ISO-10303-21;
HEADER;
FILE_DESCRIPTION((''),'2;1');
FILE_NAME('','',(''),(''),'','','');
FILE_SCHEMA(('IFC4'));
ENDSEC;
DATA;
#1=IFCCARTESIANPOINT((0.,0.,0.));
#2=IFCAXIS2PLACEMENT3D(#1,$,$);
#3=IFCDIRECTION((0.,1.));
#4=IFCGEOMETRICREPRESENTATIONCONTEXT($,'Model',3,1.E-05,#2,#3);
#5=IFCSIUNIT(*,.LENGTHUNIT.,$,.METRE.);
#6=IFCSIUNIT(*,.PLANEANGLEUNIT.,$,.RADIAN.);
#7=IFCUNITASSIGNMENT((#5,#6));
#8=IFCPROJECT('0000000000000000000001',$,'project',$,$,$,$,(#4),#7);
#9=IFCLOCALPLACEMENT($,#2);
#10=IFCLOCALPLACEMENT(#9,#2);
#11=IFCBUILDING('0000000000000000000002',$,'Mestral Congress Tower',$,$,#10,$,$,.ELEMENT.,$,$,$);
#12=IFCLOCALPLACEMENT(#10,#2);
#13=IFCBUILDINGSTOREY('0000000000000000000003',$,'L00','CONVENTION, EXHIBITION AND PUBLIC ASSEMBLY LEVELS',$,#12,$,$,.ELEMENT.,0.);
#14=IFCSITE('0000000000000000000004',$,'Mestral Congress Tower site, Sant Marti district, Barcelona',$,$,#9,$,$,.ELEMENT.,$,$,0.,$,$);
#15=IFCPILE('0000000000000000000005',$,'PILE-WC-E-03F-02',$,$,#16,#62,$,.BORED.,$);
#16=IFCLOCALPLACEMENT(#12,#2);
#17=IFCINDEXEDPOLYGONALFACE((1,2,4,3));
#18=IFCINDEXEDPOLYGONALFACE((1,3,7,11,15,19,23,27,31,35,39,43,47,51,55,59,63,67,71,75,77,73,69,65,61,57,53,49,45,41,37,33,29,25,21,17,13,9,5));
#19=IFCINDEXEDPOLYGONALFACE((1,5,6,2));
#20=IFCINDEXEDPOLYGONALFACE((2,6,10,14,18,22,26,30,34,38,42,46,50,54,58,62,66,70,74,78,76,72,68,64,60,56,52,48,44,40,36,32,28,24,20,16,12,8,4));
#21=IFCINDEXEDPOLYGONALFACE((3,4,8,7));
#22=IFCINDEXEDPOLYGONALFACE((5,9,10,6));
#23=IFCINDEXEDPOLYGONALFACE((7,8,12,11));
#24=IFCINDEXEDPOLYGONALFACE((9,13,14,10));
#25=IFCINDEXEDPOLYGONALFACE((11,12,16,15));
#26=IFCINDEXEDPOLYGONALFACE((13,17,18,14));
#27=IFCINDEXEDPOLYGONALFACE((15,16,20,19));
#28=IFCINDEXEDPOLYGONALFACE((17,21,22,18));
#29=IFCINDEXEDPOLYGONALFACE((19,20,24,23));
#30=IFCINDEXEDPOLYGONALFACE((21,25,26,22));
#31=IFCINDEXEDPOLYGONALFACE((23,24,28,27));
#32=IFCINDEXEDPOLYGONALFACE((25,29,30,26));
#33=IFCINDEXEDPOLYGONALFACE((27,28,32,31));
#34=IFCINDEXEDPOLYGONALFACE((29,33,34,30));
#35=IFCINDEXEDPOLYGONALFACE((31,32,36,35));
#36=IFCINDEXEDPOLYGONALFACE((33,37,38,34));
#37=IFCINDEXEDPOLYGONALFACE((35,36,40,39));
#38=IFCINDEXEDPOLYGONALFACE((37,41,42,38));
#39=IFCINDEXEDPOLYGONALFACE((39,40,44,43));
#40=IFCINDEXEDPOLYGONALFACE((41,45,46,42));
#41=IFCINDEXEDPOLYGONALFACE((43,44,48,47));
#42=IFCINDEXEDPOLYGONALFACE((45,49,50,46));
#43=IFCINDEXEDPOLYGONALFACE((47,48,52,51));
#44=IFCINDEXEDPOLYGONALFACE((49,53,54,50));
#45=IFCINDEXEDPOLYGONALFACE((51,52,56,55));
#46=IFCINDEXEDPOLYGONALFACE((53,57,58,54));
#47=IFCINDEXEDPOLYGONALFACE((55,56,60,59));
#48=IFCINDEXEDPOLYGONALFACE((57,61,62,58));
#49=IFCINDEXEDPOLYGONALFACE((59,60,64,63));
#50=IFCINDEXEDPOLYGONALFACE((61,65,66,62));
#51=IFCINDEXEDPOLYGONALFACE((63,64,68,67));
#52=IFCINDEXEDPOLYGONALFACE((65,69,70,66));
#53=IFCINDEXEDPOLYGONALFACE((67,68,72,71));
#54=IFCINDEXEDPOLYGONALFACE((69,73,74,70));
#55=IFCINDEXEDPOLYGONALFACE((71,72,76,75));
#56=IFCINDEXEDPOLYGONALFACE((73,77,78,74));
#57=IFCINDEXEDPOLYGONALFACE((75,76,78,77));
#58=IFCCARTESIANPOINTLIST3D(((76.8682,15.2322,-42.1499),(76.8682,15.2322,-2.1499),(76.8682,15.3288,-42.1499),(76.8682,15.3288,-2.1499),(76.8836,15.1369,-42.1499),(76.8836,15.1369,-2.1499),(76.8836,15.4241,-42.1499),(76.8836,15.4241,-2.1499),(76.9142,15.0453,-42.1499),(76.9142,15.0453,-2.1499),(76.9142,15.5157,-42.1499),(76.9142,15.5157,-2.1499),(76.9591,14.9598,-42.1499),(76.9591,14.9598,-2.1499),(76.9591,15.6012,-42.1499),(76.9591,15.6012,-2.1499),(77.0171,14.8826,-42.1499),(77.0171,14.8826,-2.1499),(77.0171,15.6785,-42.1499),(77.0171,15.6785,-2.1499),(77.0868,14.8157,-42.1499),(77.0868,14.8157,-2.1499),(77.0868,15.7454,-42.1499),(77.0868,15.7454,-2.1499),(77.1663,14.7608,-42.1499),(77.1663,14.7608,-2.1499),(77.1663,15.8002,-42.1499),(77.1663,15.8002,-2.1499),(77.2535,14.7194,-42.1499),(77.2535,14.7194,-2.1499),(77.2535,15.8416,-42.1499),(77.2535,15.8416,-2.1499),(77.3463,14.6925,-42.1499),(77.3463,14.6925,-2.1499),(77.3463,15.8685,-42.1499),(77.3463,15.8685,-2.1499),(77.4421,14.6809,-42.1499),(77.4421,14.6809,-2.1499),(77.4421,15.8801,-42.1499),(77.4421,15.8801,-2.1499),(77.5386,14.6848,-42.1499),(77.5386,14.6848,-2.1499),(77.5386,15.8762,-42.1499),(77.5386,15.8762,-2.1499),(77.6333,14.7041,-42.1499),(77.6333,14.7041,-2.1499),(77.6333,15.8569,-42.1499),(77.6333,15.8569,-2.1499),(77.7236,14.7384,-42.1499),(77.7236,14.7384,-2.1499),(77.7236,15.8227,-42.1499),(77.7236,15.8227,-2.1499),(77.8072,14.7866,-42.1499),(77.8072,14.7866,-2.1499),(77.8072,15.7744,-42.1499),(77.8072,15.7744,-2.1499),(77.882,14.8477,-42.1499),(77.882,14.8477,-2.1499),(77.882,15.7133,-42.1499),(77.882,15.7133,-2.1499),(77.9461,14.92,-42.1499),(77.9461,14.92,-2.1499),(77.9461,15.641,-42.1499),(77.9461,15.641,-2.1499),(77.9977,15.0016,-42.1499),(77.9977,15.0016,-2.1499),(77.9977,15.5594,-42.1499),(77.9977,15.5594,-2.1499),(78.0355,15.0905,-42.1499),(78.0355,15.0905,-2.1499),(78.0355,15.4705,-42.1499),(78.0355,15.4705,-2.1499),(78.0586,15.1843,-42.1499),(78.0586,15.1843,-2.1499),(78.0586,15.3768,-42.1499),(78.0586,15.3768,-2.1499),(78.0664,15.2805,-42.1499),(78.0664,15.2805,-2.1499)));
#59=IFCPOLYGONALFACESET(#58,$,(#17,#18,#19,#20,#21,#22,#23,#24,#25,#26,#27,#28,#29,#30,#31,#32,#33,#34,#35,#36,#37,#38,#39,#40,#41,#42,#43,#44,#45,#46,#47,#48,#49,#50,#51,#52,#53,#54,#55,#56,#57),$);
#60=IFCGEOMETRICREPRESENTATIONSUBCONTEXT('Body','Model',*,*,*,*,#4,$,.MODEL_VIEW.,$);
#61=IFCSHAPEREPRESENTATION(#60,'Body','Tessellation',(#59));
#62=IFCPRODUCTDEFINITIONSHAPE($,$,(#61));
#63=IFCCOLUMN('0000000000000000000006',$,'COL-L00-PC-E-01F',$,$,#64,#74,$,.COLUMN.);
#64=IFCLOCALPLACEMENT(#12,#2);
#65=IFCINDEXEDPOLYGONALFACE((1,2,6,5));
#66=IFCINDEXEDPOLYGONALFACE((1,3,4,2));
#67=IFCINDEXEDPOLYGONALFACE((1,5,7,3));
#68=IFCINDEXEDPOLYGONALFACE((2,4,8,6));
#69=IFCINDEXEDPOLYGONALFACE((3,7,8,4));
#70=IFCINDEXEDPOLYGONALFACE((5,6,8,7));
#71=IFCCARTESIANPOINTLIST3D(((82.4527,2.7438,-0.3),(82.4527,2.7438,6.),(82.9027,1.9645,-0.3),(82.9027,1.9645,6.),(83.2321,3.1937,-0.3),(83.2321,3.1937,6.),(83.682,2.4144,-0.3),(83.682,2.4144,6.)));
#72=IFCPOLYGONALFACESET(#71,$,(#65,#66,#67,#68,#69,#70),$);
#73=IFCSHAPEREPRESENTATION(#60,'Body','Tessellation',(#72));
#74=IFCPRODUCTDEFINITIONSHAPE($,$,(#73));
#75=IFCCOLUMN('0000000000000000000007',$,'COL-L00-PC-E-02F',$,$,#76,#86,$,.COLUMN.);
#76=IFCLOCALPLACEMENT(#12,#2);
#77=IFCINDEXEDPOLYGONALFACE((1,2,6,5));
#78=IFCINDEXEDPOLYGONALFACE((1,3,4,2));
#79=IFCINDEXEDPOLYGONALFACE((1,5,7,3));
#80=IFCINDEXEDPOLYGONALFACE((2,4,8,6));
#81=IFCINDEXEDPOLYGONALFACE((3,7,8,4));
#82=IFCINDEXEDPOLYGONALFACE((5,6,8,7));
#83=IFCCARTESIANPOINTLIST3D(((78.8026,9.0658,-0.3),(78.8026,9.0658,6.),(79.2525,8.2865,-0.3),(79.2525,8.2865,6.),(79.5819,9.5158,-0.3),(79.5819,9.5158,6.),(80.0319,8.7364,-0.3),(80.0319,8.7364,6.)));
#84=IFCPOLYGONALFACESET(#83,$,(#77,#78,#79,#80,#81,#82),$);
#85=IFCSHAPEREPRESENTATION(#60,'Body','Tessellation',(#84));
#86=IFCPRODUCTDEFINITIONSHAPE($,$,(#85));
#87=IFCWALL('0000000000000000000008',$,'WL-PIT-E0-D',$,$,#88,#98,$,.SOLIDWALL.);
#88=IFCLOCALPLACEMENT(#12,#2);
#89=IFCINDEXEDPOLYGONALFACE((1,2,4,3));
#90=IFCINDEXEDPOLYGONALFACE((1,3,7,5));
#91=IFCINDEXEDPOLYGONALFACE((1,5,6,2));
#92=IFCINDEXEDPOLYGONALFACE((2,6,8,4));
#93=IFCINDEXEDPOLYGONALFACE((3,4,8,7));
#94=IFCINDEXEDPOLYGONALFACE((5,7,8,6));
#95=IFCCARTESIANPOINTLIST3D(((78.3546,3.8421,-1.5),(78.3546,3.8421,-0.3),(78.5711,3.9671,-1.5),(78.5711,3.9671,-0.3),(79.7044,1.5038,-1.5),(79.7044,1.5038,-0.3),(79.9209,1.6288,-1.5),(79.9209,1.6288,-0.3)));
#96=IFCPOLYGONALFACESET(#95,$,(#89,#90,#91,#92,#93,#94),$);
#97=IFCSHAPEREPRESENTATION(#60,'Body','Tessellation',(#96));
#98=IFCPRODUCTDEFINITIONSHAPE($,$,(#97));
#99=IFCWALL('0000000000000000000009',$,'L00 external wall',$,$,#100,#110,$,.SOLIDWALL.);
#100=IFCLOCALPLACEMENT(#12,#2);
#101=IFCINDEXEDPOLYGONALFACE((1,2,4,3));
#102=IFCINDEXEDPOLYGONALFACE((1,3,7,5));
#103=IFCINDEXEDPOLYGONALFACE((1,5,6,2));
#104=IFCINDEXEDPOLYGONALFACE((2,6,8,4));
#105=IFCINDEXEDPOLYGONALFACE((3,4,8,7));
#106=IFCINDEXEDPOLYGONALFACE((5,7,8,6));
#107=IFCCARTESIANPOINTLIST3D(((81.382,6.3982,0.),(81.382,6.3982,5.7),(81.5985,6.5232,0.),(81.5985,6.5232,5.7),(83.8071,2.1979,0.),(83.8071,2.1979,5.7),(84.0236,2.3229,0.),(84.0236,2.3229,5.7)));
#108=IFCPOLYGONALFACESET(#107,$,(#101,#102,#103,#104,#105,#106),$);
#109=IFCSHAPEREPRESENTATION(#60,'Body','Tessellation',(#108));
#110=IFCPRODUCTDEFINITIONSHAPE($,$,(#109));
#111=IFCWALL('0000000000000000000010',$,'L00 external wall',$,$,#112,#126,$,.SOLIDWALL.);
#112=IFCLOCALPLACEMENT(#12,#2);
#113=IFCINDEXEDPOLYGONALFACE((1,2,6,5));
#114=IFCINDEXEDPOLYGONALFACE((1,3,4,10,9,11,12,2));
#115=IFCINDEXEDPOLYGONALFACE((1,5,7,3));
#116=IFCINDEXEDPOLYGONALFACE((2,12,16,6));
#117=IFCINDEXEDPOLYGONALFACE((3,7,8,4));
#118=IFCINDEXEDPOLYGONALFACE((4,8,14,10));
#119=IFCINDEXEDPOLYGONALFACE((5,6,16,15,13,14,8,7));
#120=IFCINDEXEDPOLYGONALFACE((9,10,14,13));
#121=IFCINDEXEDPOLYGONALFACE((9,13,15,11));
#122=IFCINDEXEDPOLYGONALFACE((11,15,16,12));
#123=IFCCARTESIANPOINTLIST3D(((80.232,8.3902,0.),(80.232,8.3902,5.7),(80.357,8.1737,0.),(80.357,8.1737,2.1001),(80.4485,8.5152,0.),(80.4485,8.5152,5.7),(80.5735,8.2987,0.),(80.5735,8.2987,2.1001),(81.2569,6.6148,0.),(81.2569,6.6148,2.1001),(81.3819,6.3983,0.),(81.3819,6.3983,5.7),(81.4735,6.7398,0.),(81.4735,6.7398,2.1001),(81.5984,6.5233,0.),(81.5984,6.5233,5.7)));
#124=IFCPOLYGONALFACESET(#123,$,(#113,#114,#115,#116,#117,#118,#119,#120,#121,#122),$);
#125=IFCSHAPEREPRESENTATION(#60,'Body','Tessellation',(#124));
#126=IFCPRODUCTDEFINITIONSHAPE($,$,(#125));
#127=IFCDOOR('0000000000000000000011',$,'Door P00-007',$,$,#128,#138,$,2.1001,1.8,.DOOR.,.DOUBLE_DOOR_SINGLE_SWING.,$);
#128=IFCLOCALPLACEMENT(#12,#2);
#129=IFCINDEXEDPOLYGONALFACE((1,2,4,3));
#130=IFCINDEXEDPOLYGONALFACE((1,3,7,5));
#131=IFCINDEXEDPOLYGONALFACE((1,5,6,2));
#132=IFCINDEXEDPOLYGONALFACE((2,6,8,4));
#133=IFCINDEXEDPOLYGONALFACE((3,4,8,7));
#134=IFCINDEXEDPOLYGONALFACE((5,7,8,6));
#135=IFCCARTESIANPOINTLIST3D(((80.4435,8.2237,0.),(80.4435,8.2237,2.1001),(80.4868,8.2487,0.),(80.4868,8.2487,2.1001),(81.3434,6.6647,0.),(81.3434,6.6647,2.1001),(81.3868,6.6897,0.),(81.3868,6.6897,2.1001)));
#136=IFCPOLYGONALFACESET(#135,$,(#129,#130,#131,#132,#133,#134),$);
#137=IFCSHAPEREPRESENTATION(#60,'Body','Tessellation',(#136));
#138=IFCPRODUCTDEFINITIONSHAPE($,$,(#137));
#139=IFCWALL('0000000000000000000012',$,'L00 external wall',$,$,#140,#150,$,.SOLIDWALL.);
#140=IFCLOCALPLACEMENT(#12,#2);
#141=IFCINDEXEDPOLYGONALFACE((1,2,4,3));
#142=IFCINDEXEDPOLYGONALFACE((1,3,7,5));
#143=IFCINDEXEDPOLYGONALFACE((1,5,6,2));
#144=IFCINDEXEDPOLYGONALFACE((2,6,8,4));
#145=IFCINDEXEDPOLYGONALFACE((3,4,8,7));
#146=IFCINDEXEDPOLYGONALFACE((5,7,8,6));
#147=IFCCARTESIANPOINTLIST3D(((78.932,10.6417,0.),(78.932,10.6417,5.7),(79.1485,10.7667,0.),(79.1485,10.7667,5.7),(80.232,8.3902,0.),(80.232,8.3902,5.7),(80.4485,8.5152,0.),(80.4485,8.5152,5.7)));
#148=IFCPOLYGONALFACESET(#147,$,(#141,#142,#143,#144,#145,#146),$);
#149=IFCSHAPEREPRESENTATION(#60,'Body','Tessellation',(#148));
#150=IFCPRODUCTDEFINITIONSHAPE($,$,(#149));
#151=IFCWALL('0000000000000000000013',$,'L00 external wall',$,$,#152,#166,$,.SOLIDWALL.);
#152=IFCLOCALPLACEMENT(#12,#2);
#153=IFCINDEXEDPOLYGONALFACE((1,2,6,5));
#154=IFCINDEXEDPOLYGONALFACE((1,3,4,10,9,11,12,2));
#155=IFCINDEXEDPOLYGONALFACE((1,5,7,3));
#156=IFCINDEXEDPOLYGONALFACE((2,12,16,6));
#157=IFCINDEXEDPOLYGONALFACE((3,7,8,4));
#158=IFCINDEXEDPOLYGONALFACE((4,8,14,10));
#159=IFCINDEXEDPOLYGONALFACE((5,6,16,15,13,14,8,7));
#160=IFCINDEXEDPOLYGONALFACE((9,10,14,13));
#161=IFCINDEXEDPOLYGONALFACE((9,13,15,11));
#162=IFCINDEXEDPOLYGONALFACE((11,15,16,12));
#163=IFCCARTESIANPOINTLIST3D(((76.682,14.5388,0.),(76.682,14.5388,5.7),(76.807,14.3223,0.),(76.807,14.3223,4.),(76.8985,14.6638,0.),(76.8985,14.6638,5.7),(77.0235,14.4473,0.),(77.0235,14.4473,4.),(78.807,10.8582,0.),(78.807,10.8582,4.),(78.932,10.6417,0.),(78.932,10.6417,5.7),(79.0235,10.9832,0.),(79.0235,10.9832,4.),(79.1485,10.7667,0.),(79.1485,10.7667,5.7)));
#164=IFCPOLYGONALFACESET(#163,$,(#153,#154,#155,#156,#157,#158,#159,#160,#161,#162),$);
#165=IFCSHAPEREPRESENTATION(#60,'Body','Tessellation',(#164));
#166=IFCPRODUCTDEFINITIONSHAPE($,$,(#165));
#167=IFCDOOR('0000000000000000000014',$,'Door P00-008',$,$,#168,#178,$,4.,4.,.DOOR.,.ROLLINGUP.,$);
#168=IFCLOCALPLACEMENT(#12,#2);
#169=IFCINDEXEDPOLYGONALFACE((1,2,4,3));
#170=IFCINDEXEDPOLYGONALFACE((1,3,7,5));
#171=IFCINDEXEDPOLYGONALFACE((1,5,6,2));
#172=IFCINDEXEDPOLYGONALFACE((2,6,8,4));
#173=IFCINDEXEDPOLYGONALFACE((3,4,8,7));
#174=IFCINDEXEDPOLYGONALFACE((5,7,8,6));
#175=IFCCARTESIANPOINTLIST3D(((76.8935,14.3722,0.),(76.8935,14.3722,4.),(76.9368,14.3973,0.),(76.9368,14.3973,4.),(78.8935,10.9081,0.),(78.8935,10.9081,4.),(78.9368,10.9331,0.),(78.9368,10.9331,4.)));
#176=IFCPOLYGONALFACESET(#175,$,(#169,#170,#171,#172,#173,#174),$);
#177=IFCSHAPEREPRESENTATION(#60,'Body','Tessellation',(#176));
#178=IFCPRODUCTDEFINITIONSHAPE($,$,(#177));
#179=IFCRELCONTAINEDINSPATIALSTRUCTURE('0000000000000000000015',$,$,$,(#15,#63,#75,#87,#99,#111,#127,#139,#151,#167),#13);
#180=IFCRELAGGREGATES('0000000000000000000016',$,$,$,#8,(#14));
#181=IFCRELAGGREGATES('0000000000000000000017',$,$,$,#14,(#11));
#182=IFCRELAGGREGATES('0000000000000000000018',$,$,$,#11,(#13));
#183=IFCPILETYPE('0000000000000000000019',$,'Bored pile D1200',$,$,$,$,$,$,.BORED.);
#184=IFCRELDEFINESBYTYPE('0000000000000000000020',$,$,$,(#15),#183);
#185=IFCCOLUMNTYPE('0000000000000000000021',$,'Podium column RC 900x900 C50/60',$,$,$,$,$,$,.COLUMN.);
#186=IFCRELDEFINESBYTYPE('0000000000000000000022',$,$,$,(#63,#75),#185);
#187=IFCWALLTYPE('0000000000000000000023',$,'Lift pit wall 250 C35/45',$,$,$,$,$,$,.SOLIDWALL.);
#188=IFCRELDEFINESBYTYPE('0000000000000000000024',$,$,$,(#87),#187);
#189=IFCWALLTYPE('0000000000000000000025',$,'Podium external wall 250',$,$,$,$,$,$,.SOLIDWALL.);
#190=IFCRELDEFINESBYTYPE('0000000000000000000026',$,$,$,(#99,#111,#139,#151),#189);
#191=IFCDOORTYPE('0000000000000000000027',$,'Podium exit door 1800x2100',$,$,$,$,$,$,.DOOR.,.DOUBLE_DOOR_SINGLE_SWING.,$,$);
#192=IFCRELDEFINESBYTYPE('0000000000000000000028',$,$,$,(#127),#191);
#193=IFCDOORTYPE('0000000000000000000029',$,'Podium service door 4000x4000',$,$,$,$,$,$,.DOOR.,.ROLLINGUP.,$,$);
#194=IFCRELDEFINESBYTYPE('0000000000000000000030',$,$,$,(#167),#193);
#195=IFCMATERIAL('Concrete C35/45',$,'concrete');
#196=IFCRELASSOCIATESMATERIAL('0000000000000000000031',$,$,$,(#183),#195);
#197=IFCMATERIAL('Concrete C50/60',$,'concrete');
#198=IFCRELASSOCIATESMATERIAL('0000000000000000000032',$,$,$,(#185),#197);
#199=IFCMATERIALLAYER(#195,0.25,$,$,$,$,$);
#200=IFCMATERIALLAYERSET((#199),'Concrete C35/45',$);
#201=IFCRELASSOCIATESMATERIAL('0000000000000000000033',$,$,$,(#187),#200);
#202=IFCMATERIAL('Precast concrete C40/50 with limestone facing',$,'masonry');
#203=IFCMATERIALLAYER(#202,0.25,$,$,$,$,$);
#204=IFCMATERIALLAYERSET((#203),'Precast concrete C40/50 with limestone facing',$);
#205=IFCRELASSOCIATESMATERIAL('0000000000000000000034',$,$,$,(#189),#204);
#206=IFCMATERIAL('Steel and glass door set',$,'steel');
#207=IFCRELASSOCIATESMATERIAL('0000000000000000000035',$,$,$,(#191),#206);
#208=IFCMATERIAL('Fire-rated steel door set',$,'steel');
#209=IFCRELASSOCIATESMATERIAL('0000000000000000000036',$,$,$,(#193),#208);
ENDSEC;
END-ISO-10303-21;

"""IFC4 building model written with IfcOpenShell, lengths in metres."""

from ifc_helpers import new_model, si_unit, direction, frame, frame_2d, origin, origin_2d, place, context, subcontext, project, spatial, rectangle, circle, extrude, material, layer, layer_set, material_profile, profile_set, type_object, element, fill, save


model = new_model("IFC4")

# Units and contexts
model_context = context("Model", 3, precision=1e-05, world=origin(), true_north=direction((0.0, 1.0)))
body_context = subcontext(model_context, "Body", "Model", "MODEL_VIEW")
ifc_project = project(units=[si_unit("LENGTHUNIT", "METRE"), si_unit("PLANEANGLEUNIT", "RADIAN")], contexts=[model_context])

# Site, building, storey
site_placement = place(None, origin())
site = spatial("IfcSite", under=ifc_project, at=site_placement, Name="Mestral Congress Tower site, Sant Marti district, Barcelona", CompositionType="ELEMENT", RefElevation=0.0)
building_placement = place(site_placement, origin())
building = spatial("IfcBuilding", under=site, at=building_placement, Name="Mestral Congress Tower", CompositionType="ELEMENT")
storey_placement = place(building_placement, origin())
storey = spatial("IfcBuildingStorey", under=building, at=storey_placement, Name="L00", Description="CONVENTION, EXHIBITION AND PUBLIC ASSEMBLY LEVELS", CompositionType="ELEMENT", Elevation=0.0)

# Pile
ifc_material_1 = material(Name="Concrete C35/45", Category="concrete")
ifc_material_profile_1 = material_profile(ifc_material_1, circle(Radius=0.6001, at=origin_2d()), Name="D1200")
ifc_profile_set_1 = profile_set([ifc_material_profile_1], Name="Concrete C35/45")
pile_type = type_object("IfcPileType", Name="Bored pile D1200", PredefinedType="BORED", material=ifc_profile_set_1)
for number, where, z_axis, x_axis, name in (
    (1, (77.4663, 15.2805, -2.1499), (0.0, 0.0, -1.0), (1.0, 0.0, 0.0), "PILE-WC-E-03F-02"),
):
    element("IfcPile", number, at=place(storey_placement, frame(where, z_axis=z_axis, x_axis=x_axis)), inside=storey, type_object=pile_type, Name=name, PredefinedType="BORED", context=body_context, shape_type="SweptSolid", body=[
        extrude(circle(Radius=0.6001, at=origin_2d()), origin(), (0.0, 0.0, 1.0), 40.0),
    ])

# Columns
ifc_material_2 = material(Name="Concrete C50/60", Category="concrete")
ifc_material_profile_2 = material_profile(ifc_material_2, rectangle(XDim=0.8999, YDim=0.8999, at=origin_2d()), Name="RC 900x900")
ifc_profile_set_2 = profile_set([ifc_material_profile_2], Name="Concrete C50/60")
column_type = type_object("IfcColumnType", Name="Podium column RC 900x900 C50/60", PredefinedType="COLUMN", material=ifc_profile_set_2)
for number, where, z_axis, x_axis, name in (
    (2, (83.0674, 2.5791, -0.3), (0.0, 0.0, 1.0), (-0.5, 0.866025, 0.0), "COL-L00-PC-E-01F"),
    (3, (79.4172, 8.9011, -0.3), (0.0, 0.0, 1.0), (-0.5, 0.866025, 0.0), "COL-L00-PC-E-02F"),
):
    element("IfcColumn", number, at=place(storey_placement, frame(where, z_axis=z_axis, x_axis=x_axis)), inside=storey, type_object=column_type, Name=name, PredefinedType="COLUMN", context=body_context, shape_type="SweptSolid", body=[
        extrude(rectangle(XDim=0.8999, YDim=0.8999, at=origin_2d()), origin(), (0.0, 0.0, 1.0), 6.3),
    ])

# Walls
ifc_layer_1 = layer(ifc_material_1, 0.25)
ifc_layer_set_1 = layer_set([ifc_layer_1], Name="Concrete C35/45")
wall_type_1 = type_object("IfcWallType", Name="Lift pit wall 250 C35/45", PredefinedType="SOLIDWALL", material=ifc_layer_set_1)
wall_1_placement = place(storey_placement, frame((79.8127, 1.5662, -1.5), z_axis=(0.0, 0.0, 1.0), x_axis=(-0.499942, 0.866059, 0.0)))
element("IfcWall", 4, at=wall_1_placement, inside=storey, type_object=wall_type_1, Name="WL-PIT-E0-D", PredefinedType="SOLIDWALL", context=body_context, shape_type="SweptSolid", body=[
    extrude(rectangle(XDim=2.7, YDim=0.25, at=frame_2d((1.3501, 0.0))), origin(), (0.0, 0.0, 1.0), 1.2),
])
ifc_material_3 = material(Name="Precast concrete C40/50 with limestone facing", Category="masonry")
ifc_layer_2 = layer(ifc_material_3, 0.25)
ifc_layer_set_2 = layer_set([ifc_layer_2], Name="Precast concrete C40/50 with limestone facing")
wall_type_2 = type_object("IfcWallType", Name="Podium external wall 250", PredefinedType="SOLIDWALL", material=ifc_layer_set_2)
wall_2_placement = place(storey_placement, frame((81.4902, 6.4607, 0.0), z_axis=(0.0, 0.0, 1.0), x_axis=(0.50001, -0.86602, 0.0)))
element("IfcWall", 5, at=wall_2_placement, inside=storey, type_object=wall_type_2, Name="L00 external wall", PredefinedType="SOLIDWALL", context=body_context, shape_type="SweptSolid", body=[
    extrude(rectangle(XDim=4.8501, YDim=0.25, at=frame_2d((2.425, 0.0))), origin(), (0.0, 0.0, 1.0), 5.7),
])

# Wall, opening, door
wall_3_placement = place(storey_placement, frame((80.3403, 8.4526, 0.0), z_axis=(0.0, 0.0, 1.0), x_axis=(0.499952, -0.866053, 0.0)))
wall_3 = element("IfcWall", 6, at=wall_3_placement, inside=storey, type_object=wall_type_2, Name="L00 external wall", PredefinedType="SOLIDWALL", context=body_context, shape_type="SweptSolid", body=[
    extrude(rectangle(XDim=2.3, YDim=0.25, at=frame_2d((1.1499, 0.0))), origin(), (0.0, 0.0, 1.0), 5.7),
])
opening_1_placement = place(wall_3_placement, frame((0.25, 0.0, 0.0)))
opening_1 = element("IfcOpeningElement", 7, at=opening_1_placement, cuts=wall_3, PredefinedType="OPENING", context=body_context, shape_type="SweptSolid", body=[
    extrude(rectangle(XDim=1.8, YDim=2.1001, at=frame_2d((0.8999, 1.05))), frame((0.0, 0.135, 0.0), z_axis=(0.0, -1.0, 0.0), x_axis=(1.0, 0.0, 0.0)), (0.0, 0.0, 1.0), 0.27),
])
ifc_material_4 = material(Name="Steel and glass door set", Category="steel")
door_type_1 = type_object("IfcDoorType", Name="Podium exit door 1800x2100", OperationType="DOUBLE_DOOR_SINGLE_SWING", PredefinedType="DOOR", material=ifc_material_4)
door_1_placement = place(opening_1_placement, origin())
door_1 = element("IfcDoor", 8, at=door_1_placement, inside=storey, type_object=door_type_1, Name="Door P00-007", OperationType="DOUBLE_DOOR_SINGLE_SWING", OverallHeight=2.1001, OverallWidth=1.8, PredefinedType="DOOR", context=body_context, shape_type="SweptSolid", body=[
    extrude(rectangle(XDim=1.8, YDim=2.1001, at=frame_2d((0.8999, 1.05))), frame((0.0, 0.0249, 0.0), z_axis=(0.0, -1.0, 0.0), x_axis=(1.0, 0.0, 0.0)), (0.0, 0.0, 1.0), 0.05),
])
fill(opening_1, door_1)

# Wall
wall_4_placement = place(storey_placement, frame((79.0403, 10.7041, 0.0), z_axis=(0.0, 0.0, 1.0), x_axis=(0.500048, -0.865998, 0.0)))
element("IfcWall", 9, at=wall_4_placement, inside=storey, type_object=wall_type_2, Name="L00 external wall", PredefinedType="SOLIDWALL", context=body_context, shape_type="SweptSolid", body=[
    extrude(rectangle(XDim=2.5999, YDim=0.25, at=frame_2d((1.2998, 0.0))), origin(), (0.0, 0.0, 1.0), 5.7),
])

# Wall, opening, door
wall_5_placement = place(storey_placement, frame((76.7903, 14.6013, 0.0), z_axis=(0.0, 0.0, 1.0), x_axis=(0.49999, -0.866031, 0.0)))
wall_5 = element("IfcWall", 10, at=wall_5_placement, inside=storey, type_object=wall_type_2, Name="L00 external wall", PredefinedType="SOLIDWALL", context=body_context, shape_type="SweptSolid", body=[
    extrude(rectangle(XDim=4.5, YDim=0.25, at=frame_2d((2.25, 0.0))), origin(), (0.0, 0.0, 1.0), 5.7),
])
opening_2_placement = place(wall_5_placement, frame((0.25, 0.0, 0.0)))
opening_2 = element("IfcOpeningElement", 11, at=opening_2_placement, cuts=wall_5, PredefinedType="OPENING", context=body_context, shape_type="SweptSolid", body=[
    extrude(rectangle(XDim=4.0, YDim=4.0, at=frame_2d((2.0, 2.0))), frame((0.0, 0.135, 0.0), z_axis=(0.0, -1.0, 0.0), x_axis=(1.0, 0.0, 0.0)), (0.0, 0.0, 1.0), 0.27),
])
ifc_material_5 = material(Name="Fire-rated steel door set", Category="steel")
door_type_2 = type_object("IfcDoorType", Name="Podium service door 4000x4000", OperationType="ROLLINGUP", PredefinedType="DOOR", material=ifc_material_5)
door_2_placement = place(opening_2_placement, origin())
door_2 = element("IfcDoor", 12, at=door_2_placement, inside=storey, type_object=door_type_2, Name="Door P00-008", OperationType="ROLLINGUP", OverallHeight=4.0, OverallWidth=4.0, PredefinedType="DOOR", context=body_context, shape_type="SweptSolid", body=[
    extrude(rectangle(XDim=4.0, YDim=4.0, at=frame_2d((2.0, 2.0))), frame((0.0, 0.0249, 0.0), z_axis=(0.0, -1.0, 0.0), x_axis=(1.0, 0.0, 0.0)), (0.0, 0.0, 1.0), 0.05),
])
fill(opening_2, door_2)

save(model, "model.ifc")
